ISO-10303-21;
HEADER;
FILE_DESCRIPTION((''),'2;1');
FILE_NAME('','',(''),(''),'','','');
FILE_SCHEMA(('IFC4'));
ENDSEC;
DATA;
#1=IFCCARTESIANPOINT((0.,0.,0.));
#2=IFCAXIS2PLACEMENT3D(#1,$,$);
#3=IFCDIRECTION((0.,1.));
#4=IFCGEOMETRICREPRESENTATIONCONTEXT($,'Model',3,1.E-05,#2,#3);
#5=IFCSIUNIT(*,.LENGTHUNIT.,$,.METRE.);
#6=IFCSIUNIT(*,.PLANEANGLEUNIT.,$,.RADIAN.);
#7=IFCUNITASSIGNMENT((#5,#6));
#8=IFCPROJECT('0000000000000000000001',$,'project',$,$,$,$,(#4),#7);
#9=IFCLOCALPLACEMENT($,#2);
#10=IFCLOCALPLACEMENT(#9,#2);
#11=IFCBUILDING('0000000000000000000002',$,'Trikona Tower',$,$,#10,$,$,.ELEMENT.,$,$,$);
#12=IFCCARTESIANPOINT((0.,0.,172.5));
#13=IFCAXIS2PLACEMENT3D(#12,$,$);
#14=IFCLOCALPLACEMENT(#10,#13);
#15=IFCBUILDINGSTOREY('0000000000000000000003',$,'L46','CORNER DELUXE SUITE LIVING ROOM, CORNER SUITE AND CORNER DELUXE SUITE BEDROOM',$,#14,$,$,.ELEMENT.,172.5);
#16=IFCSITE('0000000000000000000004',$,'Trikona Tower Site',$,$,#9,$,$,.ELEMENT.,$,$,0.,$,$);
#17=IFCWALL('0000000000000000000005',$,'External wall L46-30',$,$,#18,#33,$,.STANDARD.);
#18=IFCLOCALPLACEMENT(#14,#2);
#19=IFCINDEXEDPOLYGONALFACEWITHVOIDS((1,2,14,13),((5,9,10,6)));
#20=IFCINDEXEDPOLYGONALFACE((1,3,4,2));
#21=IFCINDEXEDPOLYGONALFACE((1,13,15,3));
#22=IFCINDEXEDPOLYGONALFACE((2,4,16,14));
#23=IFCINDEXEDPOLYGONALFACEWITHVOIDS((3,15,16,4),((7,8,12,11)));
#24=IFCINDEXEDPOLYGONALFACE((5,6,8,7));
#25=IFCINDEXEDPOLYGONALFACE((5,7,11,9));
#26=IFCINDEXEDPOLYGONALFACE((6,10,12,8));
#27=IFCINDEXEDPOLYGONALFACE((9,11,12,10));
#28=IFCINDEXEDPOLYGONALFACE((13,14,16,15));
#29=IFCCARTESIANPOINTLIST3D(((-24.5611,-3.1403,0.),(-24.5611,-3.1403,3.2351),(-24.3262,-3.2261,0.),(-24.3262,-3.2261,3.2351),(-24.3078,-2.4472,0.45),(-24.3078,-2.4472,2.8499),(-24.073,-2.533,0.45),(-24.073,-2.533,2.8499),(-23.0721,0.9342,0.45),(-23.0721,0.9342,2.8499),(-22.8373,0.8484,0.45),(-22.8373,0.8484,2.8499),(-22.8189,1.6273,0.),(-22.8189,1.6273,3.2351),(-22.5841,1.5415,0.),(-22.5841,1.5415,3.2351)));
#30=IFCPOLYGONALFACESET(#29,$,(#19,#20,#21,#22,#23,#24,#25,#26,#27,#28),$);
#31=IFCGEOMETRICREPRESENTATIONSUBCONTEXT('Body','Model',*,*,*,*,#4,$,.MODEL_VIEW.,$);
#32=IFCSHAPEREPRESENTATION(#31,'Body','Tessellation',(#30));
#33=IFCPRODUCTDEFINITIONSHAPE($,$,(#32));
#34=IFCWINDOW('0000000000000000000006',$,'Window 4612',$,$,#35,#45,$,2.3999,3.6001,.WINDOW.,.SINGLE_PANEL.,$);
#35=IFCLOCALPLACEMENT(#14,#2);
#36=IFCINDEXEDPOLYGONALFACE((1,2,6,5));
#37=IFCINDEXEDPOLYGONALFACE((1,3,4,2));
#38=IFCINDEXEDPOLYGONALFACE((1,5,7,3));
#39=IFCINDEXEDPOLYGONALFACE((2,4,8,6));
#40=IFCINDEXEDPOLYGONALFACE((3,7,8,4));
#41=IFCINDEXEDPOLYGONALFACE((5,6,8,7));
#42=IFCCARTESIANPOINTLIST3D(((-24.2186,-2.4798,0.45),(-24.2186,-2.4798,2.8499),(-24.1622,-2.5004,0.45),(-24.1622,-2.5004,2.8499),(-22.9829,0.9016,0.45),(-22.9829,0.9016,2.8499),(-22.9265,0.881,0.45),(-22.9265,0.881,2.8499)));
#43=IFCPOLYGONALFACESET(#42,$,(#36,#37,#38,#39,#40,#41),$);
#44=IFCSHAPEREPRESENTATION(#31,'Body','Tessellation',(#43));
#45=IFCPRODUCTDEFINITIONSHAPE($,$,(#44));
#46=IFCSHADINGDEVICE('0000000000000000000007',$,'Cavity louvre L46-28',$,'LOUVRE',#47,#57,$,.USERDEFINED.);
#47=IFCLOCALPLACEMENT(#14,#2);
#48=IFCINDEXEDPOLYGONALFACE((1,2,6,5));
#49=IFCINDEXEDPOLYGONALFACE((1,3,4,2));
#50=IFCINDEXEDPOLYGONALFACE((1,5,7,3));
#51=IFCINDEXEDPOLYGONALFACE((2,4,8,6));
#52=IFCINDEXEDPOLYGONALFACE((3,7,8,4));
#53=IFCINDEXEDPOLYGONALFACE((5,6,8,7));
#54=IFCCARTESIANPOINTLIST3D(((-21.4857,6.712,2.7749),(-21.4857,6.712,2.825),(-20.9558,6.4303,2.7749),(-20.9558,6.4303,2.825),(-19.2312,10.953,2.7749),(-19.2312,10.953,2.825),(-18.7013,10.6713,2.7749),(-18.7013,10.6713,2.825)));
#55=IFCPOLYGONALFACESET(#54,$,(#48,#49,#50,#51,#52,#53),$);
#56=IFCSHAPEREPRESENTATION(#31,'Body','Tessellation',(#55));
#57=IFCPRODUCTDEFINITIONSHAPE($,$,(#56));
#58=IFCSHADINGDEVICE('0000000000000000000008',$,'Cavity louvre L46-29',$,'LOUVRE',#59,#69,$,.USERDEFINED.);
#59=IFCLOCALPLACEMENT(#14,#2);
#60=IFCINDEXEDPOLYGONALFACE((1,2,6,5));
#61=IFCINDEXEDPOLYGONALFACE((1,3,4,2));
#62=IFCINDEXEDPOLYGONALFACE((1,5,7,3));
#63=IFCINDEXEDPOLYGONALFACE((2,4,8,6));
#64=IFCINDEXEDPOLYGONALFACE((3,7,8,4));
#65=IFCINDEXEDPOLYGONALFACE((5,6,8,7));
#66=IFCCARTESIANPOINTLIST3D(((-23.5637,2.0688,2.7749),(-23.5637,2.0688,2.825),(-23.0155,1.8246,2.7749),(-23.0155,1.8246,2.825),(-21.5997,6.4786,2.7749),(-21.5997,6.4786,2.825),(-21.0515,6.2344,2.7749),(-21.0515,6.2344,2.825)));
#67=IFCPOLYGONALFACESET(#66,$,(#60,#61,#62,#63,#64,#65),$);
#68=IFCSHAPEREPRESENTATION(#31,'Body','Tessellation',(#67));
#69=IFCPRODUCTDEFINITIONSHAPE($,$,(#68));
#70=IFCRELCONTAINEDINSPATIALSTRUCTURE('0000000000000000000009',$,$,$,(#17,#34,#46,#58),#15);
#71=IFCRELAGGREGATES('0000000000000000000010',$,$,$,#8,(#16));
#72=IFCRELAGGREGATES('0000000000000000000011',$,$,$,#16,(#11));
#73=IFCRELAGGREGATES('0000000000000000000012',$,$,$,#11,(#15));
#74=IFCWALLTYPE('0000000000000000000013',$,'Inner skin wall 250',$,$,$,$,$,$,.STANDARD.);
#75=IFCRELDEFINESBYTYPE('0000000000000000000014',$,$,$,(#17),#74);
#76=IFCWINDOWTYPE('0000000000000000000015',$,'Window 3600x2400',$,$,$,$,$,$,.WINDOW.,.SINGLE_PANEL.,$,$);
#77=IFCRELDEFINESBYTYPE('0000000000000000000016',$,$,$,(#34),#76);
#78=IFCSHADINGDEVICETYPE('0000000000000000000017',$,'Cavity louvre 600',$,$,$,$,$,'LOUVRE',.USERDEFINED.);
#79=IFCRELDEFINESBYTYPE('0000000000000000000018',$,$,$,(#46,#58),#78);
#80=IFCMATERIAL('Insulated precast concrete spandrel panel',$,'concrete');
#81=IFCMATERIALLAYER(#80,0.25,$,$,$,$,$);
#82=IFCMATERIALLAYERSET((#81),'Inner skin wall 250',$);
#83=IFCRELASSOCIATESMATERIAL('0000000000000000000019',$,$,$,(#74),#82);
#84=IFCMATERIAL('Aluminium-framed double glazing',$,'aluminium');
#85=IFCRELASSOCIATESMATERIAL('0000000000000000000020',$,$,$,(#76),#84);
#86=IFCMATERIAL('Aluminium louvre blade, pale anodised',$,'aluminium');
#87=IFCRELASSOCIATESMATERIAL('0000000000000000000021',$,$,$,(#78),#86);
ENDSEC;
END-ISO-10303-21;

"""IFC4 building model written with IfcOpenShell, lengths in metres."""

from ifc_helpers import new_model, si_unit, direction, frame, frame_2d, origin, origin_2d, place, context, subcontext, project, spatial, rectangle, extrude, material, layer, layer_set, type_object, element, fill, save


model = new_model("IFC4")

# Units and contexts
model_context = context("Model", 3, precision=1e-05, world=origin(), true_north=direction((0.0, 1.0)))
body_context = subcontext(model_context, "Body", "Model", "MODEL_VIEW")
ifc_project = project(units=[si_unit("LENGTHUNIT", "METRE"), si_unit("PLANEANGLEUNIT", "RADIAN")], contexts=[model_context])

# Site, building, storey
site_placement = place(None, origin())
site = spatial("IfcSite", under=ifc_project, at=site_placement, Name="Trikona Tower Site", CompositionType="ELEMENT", RefElevation=0.0)
building_placement = place(site_placement, origin())
building = spatial("IfcBuilding", under=site, at=building_placement, Name="Trikona Tower", CompositionType="ELEMENT")
storey_placement = place(building_placement, frame((0.0, 0.0, 172.5)))
storey = spatial("IfcBuildingStorey", under=building, at=storey_placement, Name="L46", Description="CORNER DELUXE SUITE LIVING ROOM, CORNER SUITE AND CORNER DELUXE SUITE BEDROOM", CompositionType="ELEMENT", Elevation=172.5)

# Wall, opening, window
ifc_material_1 = material(Name="Insulated precast concrete spandrel panel", Category="concrete")
ifc_layer_1 = layer(ifc_material_1, 0.25)
ifc_layer_set_1 = layer_set([ifc_layer_1], Name="Inner skin wall 250")
wall_type = type_object("IfcWallType", Name="Inner skin wall 250", PredefinedType="STANDARD", material=ifc_layer_set_1)
wall_1_placement = place(storey_placement, frame((-22.7014, 1.5845, 0.0), z_axis=(0.0, 0.0, 1.0), x_axis=(-0.343226, -0.939253, 0.0)))
wall_1 = element("IfcWall", 1, at=wall_1_placement, inside=storey, type_object=wall_type, Name="External wall L46-30", PredefinedType="STANDARD", context=body_context, shape_type="SweptSolid", body=[
    extrude(rectangle(XDim=5.0759, YDim=0.25, at=frame_2d((2.5381, 0.0))), origin(), (0.0, 0.0, 1.0), 3.2351),
])
opening_1_placement = place(wall_1_placement, frame((0.738, 0.0, 0.45)))
opening_1 = element("IfcOpeningElement", 2, at=opening_1_placement, cuts=wall_1, PredefinedType="OPENING", context=body_context, shape_type="SweptSolid", body=[
    extrude(rectangle(XDim=3.6001, YDim=2.3999, at=frame_2d((1.8, 1.2))), frame((0.0, 0.135, 0.0), z_axis=(0.0, -1.0, 0.0), x_axis=(1.0, 0.0, 0.0)), (0.0, 0.0, 1.0), 0.27),
])
ifc_material_2 = material(Name="Aluminium-framed double glazing", Category="aluminium")
window_type_1 = type_object("IfcWindowType", Name="Window 3600x2400", PartitioningType="SINGLE_PANEL", PredefinedType="WINDOW", material=ifc_material_2)
window_1_placement = place(opening_1_placement, origin())
window_1 = element("IfcWindow", 3, at=window_1_placement, inside=storey, type_object=window_type_1, Name="Window 4612", OverallHeight=2.3999, OverallWidth=3.6001, PartitioningType="SINGLE_PANEL", PredefinedType="WINDOW", context=body_context, shape_type="SweptSolid", body=[
    extrude(rectangle(XDim=3.6001, YDim=2.3999, at=frame_2d((1.8, 1.2))), frame((0.0, 0.03, 0.0), z_axis=(0.0, -1.0, 0.0), x_axis=(1.0, 0.0, 0.0)), (0.0, 0.0, 1.0), 0.0601),
])
fill(opening_1, window_1)

# Shading devices
ifc_material_3 = material(Name="Aluminium louvre blade, pale anodised", Category="aluminium")
shading_device_type = type_object("IfcShadingDeviceType", Name="Cavity louvre 600", ElementType="LOUVRE", PredefinedType="USERDEFINED", material=ifc_material_3)
shading_device_1_placement = place(storey_placement, frame((-20.0935, 8.6917, 2.7749), z_axis=(0.0, 0.0, 1.0), x_axis=(-0.469398, -0.882987, 0.0)))
element("IfcShadingDevice", 4, at=shading_device_1_placement, inside=storey, type_object=shading_device_type, Name="Cavity louvre L46-28", ObjectType="LOUVRE", PredefinedType="USERDEFINED", context=body_context, shape_type="SweptSolid", body=[
    extrude(rectangle(XDim=4.803, YDim=0.6001, at=origin_2d()), origin(), (0.0, 0.0, 1.0), 0.05),
])
shading_device_2_placement = place(storey_placement, frame((-22.3076, 4.1516, 2.7749), z_axis=(0.0, 0.0, 1.0), x_axis=(-0.406843, -0.913498, 0.0)))
element("IfcShadingDevice", 5, at=shading_device_2_placement, inside=storey, type_object=shading_device_type, Name="Cavity louvre L46-29", ObjectType="LOUVRE", PredefinedType="USERDEFINED", context=body_context, shape_type="SweptSolid", body=[
    extrude(rectangle(XDim=4.8274, YDim=0.6001, at=origin_2d()), origin(), (0.0, 0.0, 1.0), 0.05),
])

save(model, "model.ifc")
